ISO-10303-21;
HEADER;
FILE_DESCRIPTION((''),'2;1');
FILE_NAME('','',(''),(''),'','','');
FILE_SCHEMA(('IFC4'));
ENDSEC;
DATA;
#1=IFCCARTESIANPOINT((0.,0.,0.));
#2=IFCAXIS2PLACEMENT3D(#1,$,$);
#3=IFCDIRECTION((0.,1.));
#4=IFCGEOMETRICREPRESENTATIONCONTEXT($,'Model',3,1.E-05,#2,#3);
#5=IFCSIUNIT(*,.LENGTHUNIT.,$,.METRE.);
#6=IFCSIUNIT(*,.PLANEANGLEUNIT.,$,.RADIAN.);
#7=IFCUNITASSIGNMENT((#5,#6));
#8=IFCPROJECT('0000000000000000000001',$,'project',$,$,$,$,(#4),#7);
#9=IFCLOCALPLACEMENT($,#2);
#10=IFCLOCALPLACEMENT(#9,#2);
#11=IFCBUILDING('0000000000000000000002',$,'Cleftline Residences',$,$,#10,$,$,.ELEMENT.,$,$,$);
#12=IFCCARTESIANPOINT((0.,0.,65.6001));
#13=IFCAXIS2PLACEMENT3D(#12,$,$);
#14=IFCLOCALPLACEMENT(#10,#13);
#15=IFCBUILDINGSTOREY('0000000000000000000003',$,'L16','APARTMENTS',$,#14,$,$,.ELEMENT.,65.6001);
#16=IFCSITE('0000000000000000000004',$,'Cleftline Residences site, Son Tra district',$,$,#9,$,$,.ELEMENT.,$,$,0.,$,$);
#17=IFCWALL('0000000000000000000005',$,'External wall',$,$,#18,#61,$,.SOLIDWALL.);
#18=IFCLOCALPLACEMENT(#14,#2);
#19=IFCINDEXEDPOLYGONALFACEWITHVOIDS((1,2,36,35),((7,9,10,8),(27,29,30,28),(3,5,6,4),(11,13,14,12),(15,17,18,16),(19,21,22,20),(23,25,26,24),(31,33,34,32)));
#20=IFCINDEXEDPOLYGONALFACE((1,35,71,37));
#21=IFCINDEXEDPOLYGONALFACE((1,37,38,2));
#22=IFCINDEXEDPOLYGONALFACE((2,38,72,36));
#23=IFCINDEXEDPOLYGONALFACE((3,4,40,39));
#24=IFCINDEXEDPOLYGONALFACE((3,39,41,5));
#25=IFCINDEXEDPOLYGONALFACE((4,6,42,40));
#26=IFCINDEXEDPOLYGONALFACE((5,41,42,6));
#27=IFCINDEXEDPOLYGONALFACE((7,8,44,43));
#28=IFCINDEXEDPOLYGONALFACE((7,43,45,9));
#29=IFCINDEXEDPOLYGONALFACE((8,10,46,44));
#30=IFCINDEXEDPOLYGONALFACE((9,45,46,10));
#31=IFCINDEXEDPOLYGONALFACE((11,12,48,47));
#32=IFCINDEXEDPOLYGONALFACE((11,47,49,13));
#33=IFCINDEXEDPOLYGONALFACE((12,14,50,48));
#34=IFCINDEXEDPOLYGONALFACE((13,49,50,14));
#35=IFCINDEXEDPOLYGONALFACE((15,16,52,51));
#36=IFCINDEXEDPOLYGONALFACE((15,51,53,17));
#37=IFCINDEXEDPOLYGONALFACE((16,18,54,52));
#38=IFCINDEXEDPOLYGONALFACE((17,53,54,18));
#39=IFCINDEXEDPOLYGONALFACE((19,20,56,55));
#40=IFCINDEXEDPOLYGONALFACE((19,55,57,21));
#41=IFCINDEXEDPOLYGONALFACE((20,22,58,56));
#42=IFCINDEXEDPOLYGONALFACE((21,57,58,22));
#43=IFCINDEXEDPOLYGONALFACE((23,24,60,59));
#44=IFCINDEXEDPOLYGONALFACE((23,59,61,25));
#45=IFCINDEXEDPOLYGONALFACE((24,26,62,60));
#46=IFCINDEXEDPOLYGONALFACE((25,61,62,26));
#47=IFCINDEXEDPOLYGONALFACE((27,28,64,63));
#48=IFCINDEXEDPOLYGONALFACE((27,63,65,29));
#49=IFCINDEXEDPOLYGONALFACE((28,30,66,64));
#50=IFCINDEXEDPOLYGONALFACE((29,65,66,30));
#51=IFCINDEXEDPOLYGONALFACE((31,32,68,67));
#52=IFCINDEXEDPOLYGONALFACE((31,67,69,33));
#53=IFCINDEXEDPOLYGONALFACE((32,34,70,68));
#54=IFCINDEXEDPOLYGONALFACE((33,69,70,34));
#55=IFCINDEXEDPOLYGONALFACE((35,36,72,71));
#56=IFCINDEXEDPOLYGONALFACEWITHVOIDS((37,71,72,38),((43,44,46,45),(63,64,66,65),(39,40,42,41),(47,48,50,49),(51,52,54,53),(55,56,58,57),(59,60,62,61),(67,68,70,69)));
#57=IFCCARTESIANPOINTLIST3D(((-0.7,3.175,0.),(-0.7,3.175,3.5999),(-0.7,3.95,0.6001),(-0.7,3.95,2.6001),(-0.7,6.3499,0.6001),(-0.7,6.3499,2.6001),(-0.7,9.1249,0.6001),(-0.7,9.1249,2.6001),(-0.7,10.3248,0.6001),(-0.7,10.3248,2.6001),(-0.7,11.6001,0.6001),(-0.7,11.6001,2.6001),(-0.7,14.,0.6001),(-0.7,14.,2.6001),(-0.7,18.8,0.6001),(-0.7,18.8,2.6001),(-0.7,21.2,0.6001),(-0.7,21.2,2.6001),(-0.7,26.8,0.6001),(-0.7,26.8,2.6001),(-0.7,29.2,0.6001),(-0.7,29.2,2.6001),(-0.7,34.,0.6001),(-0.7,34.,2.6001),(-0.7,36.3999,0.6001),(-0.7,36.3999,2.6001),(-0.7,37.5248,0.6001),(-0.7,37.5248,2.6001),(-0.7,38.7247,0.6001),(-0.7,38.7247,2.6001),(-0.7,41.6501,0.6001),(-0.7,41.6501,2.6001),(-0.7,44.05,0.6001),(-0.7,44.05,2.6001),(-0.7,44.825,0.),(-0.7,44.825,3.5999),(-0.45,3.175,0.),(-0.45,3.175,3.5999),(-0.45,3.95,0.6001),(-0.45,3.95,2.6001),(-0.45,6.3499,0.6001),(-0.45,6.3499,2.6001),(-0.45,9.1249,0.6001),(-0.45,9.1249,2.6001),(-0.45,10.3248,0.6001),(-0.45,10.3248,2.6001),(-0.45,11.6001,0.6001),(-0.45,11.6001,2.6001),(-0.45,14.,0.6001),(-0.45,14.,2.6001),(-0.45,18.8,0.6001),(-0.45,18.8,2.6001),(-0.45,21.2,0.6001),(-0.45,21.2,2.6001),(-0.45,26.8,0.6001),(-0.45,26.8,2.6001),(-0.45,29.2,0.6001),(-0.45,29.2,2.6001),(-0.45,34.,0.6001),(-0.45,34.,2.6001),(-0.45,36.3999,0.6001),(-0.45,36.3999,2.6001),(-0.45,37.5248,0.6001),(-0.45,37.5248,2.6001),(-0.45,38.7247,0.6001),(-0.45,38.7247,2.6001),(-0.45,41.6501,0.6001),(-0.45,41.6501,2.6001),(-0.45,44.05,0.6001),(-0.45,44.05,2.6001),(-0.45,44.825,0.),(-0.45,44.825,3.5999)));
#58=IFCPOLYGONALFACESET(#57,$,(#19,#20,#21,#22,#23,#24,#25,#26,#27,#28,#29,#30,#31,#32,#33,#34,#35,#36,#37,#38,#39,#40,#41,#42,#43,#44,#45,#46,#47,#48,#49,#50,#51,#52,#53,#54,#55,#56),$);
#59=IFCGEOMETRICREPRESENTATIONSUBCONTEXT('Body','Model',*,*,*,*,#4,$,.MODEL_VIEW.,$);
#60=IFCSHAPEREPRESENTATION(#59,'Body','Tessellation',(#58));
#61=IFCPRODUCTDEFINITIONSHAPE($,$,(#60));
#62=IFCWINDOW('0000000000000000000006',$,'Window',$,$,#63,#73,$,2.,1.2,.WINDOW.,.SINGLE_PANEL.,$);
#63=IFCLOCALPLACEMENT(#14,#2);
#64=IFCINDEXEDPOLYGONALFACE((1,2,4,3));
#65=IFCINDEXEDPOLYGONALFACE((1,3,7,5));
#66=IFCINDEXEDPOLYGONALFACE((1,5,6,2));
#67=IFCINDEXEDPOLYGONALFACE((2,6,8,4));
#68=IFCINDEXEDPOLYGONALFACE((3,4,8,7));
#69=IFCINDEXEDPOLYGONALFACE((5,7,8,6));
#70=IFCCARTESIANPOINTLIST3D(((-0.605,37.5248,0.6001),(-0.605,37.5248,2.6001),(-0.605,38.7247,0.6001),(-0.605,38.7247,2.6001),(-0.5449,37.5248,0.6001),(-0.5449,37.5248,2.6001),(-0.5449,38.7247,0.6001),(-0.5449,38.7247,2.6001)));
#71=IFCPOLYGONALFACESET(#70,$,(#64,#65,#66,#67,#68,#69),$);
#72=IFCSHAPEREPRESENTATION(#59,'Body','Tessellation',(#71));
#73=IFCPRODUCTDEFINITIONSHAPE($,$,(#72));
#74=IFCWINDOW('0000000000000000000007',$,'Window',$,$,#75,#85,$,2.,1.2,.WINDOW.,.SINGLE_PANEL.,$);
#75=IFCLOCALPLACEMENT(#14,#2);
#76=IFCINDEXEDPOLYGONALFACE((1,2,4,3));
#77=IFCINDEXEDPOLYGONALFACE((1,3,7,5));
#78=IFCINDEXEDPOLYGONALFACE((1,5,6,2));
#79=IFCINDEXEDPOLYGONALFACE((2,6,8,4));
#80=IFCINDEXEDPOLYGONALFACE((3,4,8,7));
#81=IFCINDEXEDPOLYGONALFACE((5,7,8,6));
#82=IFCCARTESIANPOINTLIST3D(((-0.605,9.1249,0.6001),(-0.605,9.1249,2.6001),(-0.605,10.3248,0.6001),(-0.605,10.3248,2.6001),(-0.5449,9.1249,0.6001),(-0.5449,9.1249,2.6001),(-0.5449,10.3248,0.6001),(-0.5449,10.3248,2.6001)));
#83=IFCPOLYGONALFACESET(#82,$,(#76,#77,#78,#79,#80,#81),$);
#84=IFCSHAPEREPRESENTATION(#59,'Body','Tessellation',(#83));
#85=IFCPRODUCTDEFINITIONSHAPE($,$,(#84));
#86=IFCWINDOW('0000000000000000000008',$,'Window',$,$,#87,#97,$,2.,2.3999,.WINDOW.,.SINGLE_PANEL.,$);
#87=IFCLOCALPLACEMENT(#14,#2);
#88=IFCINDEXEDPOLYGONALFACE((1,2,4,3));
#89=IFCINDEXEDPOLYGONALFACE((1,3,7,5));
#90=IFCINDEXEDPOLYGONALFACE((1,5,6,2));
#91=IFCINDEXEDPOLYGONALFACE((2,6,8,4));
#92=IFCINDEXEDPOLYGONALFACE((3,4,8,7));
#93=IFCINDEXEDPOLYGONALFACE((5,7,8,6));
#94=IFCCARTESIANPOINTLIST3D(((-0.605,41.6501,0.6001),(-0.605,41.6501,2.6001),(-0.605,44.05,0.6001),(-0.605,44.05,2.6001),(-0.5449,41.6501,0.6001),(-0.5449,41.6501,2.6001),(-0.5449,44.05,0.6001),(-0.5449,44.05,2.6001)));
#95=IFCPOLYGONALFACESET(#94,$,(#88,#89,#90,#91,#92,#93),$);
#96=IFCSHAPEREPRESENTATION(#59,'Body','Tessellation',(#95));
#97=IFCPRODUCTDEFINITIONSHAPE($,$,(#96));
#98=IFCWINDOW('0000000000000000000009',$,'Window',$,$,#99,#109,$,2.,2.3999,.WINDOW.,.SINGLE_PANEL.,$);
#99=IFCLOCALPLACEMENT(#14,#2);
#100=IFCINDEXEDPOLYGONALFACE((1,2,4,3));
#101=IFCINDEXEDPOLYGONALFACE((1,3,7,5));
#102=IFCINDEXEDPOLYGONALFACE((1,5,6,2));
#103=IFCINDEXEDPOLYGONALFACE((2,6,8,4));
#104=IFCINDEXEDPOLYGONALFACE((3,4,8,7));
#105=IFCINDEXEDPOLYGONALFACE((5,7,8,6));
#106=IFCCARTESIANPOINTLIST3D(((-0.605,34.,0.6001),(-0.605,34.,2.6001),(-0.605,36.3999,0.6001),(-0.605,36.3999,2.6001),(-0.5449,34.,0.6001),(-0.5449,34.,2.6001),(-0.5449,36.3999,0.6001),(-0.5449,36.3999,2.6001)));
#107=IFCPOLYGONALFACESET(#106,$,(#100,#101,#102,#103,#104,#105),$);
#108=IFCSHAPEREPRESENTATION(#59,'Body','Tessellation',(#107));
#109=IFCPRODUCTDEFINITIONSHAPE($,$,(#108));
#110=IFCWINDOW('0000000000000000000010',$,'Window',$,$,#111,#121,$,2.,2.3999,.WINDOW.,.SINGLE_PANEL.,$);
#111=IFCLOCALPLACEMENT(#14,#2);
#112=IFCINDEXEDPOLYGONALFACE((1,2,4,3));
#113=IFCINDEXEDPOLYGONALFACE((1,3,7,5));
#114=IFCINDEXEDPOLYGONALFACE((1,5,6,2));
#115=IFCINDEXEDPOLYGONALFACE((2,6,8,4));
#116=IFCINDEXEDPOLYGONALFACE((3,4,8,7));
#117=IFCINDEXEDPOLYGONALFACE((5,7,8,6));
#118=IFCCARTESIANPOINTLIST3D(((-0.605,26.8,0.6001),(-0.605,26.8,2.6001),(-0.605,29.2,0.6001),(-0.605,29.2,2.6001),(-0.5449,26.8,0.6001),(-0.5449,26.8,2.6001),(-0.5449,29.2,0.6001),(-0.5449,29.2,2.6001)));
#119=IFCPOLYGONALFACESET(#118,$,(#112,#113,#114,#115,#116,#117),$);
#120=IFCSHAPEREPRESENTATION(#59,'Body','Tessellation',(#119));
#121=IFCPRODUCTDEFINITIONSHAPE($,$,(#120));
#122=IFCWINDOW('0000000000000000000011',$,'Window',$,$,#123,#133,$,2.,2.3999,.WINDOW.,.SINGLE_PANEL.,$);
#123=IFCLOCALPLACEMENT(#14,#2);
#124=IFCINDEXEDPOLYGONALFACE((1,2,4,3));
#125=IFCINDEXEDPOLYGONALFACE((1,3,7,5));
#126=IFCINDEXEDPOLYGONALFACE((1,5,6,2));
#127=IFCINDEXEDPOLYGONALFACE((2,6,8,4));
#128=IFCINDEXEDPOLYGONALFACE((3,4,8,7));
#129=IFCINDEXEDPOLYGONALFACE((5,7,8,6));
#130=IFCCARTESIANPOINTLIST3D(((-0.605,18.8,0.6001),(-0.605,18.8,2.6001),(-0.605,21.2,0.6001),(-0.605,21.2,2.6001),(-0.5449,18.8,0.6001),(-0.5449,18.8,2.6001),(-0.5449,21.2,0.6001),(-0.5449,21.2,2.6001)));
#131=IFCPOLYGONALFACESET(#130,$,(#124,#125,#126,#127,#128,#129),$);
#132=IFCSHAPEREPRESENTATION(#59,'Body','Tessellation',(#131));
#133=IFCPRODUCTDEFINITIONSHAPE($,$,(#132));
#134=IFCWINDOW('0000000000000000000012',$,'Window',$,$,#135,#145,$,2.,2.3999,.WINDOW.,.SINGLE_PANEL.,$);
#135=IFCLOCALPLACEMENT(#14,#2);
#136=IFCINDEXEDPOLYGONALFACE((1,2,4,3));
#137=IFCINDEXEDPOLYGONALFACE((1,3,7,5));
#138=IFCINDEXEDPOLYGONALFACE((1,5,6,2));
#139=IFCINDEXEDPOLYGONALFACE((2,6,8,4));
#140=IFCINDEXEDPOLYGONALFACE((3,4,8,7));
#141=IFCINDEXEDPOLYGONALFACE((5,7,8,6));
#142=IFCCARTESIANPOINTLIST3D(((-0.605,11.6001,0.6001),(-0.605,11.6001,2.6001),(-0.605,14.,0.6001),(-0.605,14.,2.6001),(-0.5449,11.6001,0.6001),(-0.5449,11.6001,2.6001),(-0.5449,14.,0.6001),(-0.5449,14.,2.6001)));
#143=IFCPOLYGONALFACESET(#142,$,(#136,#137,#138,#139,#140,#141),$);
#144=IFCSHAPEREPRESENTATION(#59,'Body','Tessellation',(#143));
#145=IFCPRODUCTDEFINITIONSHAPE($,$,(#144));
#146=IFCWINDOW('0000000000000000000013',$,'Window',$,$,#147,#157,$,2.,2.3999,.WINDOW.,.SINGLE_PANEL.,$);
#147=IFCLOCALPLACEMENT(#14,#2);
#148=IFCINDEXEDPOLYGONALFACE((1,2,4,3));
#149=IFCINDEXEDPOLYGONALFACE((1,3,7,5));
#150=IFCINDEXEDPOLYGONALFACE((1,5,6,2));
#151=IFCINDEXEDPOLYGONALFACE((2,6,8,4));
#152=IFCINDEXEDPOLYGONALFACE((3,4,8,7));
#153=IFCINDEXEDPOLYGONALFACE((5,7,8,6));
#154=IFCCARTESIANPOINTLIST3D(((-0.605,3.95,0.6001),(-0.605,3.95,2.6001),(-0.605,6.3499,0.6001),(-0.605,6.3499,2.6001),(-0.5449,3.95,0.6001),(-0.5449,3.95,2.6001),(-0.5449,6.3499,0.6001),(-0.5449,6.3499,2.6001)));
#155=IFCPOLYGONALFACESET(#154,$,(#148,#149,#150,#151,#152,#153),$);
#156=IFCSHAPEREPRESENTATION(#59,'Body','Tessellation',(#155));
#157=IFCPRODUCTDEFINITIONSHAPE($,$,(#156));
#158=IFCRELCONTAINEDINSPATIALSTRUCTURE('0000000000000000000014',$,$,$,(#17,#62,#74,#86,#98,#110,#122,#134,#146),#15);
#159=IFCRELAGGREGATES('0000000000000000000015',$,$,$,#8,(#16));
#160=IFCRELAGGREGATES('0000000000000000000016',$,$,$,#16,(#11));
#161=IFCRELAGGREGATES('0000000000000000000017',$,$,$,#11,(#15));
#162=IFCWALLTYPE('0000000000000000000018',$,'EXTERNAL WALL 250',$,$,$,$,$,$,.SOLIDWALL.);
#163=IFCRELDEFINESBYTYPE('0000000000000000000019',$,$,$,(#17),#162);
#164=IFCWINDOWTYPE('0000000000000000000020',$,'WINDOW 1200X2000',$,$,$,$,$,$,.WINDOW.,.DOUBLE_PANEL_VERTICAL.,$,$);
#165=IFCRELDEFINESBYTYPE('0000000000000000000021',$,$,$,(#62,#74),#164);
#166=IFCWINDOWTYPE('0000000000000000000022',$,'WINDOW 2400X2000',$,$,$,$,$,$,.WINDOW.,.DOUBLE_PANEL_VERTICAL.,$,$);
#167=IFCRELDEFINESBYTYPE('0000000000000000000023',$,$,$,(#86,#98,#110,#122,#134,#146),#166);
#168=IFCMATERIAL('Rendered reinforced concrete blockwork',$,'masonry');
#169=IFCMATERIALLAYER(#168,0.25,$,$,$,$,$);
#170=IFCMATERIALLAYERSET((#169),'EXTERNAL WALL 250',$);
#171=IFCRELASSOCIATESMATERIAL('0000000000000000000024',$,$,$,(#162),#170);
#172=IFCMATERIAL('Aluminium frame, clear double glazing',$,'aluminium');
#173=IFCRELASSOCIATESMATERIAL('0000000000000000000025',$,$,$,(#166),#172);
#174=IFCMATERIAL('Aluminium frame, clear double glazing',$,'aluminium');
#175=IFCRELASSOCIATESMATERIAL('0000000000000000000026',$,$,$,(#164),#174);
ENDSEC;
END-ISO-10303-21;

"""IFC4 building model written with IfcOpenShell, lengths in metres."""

from ifc_helpers import new_model, si_unit, direction, frame, frame_2d, origin, place, context, subcontext, project, spatial, rectangle, extrude, material, layer, layer_set, type_object, element, fill, save


model = new_model("IFC4")

# Units and contexts
model_context = context("Model", 3, precision=1e-05, world=origin(), true_north=direction((0.0, 1.0)))
body_context = subcontext(model_context, "Body", "Model", "MODEL_VIEW")
ifc_project = project(units=[si_unit("LENGTHUNIT", "METRE"), si_unit("PLANEANGLEUNIT", "RADIAN")], contexts=[model_context])

# Site, building, storey
site_placement = place(None, origin())
site = spatial("IfcSite", under=ifc_project, at=site_placement, Name="Cleftline Residences site, Son Tra district", CompositionType="ELEMENT", RefElevation=0.0)
building_placement = place(site_placement, origin())
building = spatial("IfcBuilding", under=site, at=building_placement, Name="Cleftline Residences", CompositionType="ELEMENT")
storey_placement = place(building_placement, frame((0.0, 0.0, 65.6001)))
storey = spatial("IfcBuildingStorey", under=building, at=storey_placement, Name="L16", Description="APARTMENTS", CompositionType="ELEMENT", Elevation=65.6001)

# Shared definitions
ifc_material_1 = material(Name="Rendered reinforced concrete blockwork", Category="masonry")
ifc_layer_1 = layer(ifc_material_1, 0.25)
ifc_layer_set_1 = layer_set([ifc_layer_1], Name="EXTERNAL WALL 250")
wall_type_1 = type_object("IfcWallType", Name="EXTERNAL WALL 250", PredefinedType="SOLIDWALL", material=ifc_layer_set_1)
ifc_material_2 = material(Name="Aluminium frame, clear double glazing", Category="aluminium")
window_type_1 = type_object("IfcWindowType", Name="WINDOW 2400X2000", PartitioningType="DOUBLE_PANEL_VERTICAL", PredefinedType="WINDOW", material=ifc_material_2)

# Wall, openings, windows
ifc_material_3 = material(Name="Aluminium frame, clear double glazing", Category="aluminium")
window_type_2 = type_object("IfcWindowType", Name="WINDOW 1200X2000", PartitioningType="DOUBLE_PANEL_VERTICAL", PredefinedType="WINDOW", material=ifc_material_3)
wall_1_placement = place(storey_placement, frame((-0.575, 44.825, 0.0), z_axis=(0.0, 0.0, 1.0), x_axis=(0.0, -1.0, 0.0)))
wall_1 = element("IfcWall", 1, at=wall_1_placement, inside=storey, type_object=wall_type_1, Name="External wall", PredefinedType="SOLIDWALL", context=body_context, shape_type="SweptSolid", body=[
    extrude(rectangle(XDim=41.6499, YDim=0.25, at=frame_2d((20.825, 0.0))), origin(), (0.0, 0.0, 1.0), 3.5999),
])
opening_1_placement = place(wall_1_placement, frame((0.7749, 0.0, 0.6001)))
opening_1 = element("IfcOpeningElement", 2, at=opening_1_placement, cuts=wall_1, PredefinedType="OPENING", context=body_context, shape_type="SweptSolid", body=[
    extrude(rectangle(XDim=2.3999, YDim=2.0, at=frame_2d((1.2, 1.0))), frame((0.0, 0.135, 0.0), z_axis=(0.0, -1.0, 0.0), x_axis=(1.0, 0.0, 0.0)), (0.0, 0.0, 1.0), 0.27),
])
opening_2_placement = place(wall_1_placement, frame((6.1001, 0.0, 0.6001)))
opening_2 = element("IfcOpeningElement", 3, at=opening_2_placement, cuts=wall_1, PredefinedType="OPENING", context=body_context, shape_type="SweptSolid", body=[
    extrude(rectangle(XDim=1.2, YDim=2.0, at=frame_2d((0.6001, 1.0))), frame((0.0, 0.135, 0.0), z_axis=(0.0, -1.0, 0.0), x_axis=(1.0, 0.0, 0.0)), (0.0, 0.0, 1.0), 0.27),
])
opening_3_placement = place(wall_1_placement, frame((8.425, 0.0, 0.6001)))
opening_3 = element("IfcOpeningElement", 4, at=opening_3_placement, cuts=wall_1, PredefinedType="OPENING", context=body_context, shape_type="SweptSolid", body=[
    extrude(rectangle(XDim=2.3999, YDim=2.0, at=frame_2d((1.2, 1.0))), frame((0.0, 0.135, 0.0), z_axis=(0.0, -1.0, 0.0), x_axis=(1.0, 0.0, 0.0)), (0.0, 0.0, 1.0), 0.27),
])
opening_4_placement = place(wall_1_placement, frame((15.625, 0.0, 0.6001)))
opening_4 = element("IfcOpeningElement", 5, at=opening_4_placement, cuts=wall_1, PredefinedType="OPENING", context=body_context, shape_type="SweptSolid", body=[
    extrude(rectangle(XDim=2.3999, YDim=2.0, at=frame_2d((1.2, 1.0))), frame((0.0, 0.135, 0.0), z_axis=(0.0, -1.0, 0.0), x_axis=(1.0, 0.0, 0.0)), (0.0, 0.0, 1.0), 0.27),
])
opening_5_placement = place(wall_1_placement, frame((23.625, 0.0, 0.6001)))
opening_5 = element("IfcOpeningElement", 6, at=opening_5_placement, cuts=wall_1, PredefinedType="OPENING", context=body_context, shape_type="SweptSolid", body=[
    extrude(rectangle(XDim=2.3999, YDim=2.0, at=frame_2d((1.2, 1.0))), frame((0.0, 0.135, 0.0), z_axis=(0.0, -1.0, 0.0), x_axis=(1.0, 0.0, 0.0)), (0.0, 0.0, 1.0), 0.27),
])
opening_6_placement = place(wall_1_placement, frame((30.825, 0.0, 0.6001)))
opening_6 = element("IfcOpeningElement", 7, at=opening_6_placement, cuts=wall_1, PredefinedType="OPENING", context=body_context, shape_type="SweptSolid", body=[
    extrude(rectangle(XDim=2.3999, YDim=2.0, at=frame_2d((1.2, 1.0))), frame((0.0, 0.135, 0.0), z_axis=(0.0, -1.0, 0.0), x_axis=(1.0, 0.0, 0.0)), (0.0, 0.0, 1.0), 0.27),
])
opening_7_placement = place(wall_1_placement, frame((34.5, 0.0, 0.6001)))
opening_7 = element("IfcOpeningElement", 8, at=opening_7_placement, cuts=wall_1, PredefinedType="OPENING", context=body_context, shape_type="SweptSolid", body=[
    extrude(rectangle(XDim=1.2, YDim=2.0, at=frame_2d((0.6001, 1.0))), frame((0.0, 0.135, 0.0), z_axis=(0.0, -1.0, 0.0), x_axis=(1.0, 0.0, 0.0)), (0.0, 0.0, 1.0), 0.27),
])
opening_8_placement = place(wall_1_placement, frame((38.4751, 0.0, 0.6001)))
opening_8 = element("IfcOpeningElement", 9, at=opening_8_placement, cuts=wall_1, PredefinedType="OPENING", context=body_context, shape_type="SweptSolid", body=[
    extrude(rectangle(XDim=2.3999, YDim=2.0, at=frame_2d((1.2, 1.0))), frame((0.0, 0.135, 0.0), z_axis=(0.0, -1.0, 0.0), x_axis=(1.0, 0.0, 0.0)), (0.0, 0.0, 1.0), 0.27),
])
window_1_placement = place(opening_2_placement, origin())
window_1 = element("IfcWindow", 10, at=window_1_placement, inside=storey, type_object=window_type_2, Name="Window", OverallHeight=2.0, OverallWidth=1.2, PartitioningType="SINGLE_PANEL", PredefinedType="WINDOW", context=body_context, shape_type="SweptSolid", body=[
    extrude(rectangle(XDim=1.2, YDim=2.0, at=frame_2d((0.6001, 1.0))), frame((0.0, 0.03, 0.0), z_axis=(0.0, -1.0, 0.0), x_axis=(1.0, 0.0, 0.0)), (0.0, 0.0, 1.0), 0.0601),
])
fill(opening_2, window_1)
window_2_placement = place(opening_7_placement, origin())
window_2 = element("IfcWindow", 11, at=window_2_placement, inside=storey, type_object=window_type_2, Name="Window", OverallHeight=2.0, OverallWidth=1.2, PartitioningType="SINGLE_PANEL", PredefinedType="WINDOW", context=body_context, shape_type="SweptSolid", body=[
    extrude(rectangle(XDim=1.2, YDim=2.0, at=frame_2d((0.6001, 1.0))), frame((0.0, 0.03, 0.0), z_axis=(0.0, -1.0, 0.0), x_axis=(1.0, 0.0, 0.0)), (0.0, 0.0, 1.0), 0.0601),
])
fill(opening_7, window_2)
window_3_placement = place(opening_1_placement, origin())
window_3 = element("IfcWindow", 12, at=window_3_placement, inside=storey, type_object=window_type_1, Name="Window", OverallHeight=2.0, OverallWidth=2.3999, PartitioningType="SINGLE_PANEL", PredefinedType="WINDOW", context=body_context, shape_type="SweptSolid", body=[
    extrude(rectangle(XDim=2.3999, YDim=2.0, at=frame_2d((1.2, 1.0))), frame((0.0, 0.03, 0.0), z_axis=(0.0, -1.0, 0.0), x_axis=(1.0, 0.0, 0.0)), (0.0, 0.0, 1.0), 0.0601),
])
fill(opening_1, window_3)
window_4_placement = place(opening_3_placement, origin())
window_4 = element("IfcWindow", 13, at=window_4_placement, inside=storey, type_object=window_type_1, Name="Window", OverallHeight=2.0, OverallWidth=2.3999, PartitioningType="SINGLE_PANEL", PredefinedType="WINDOW", context=body_context, shape_type="SweptSolid", body=[
    extrude(rectangle(XDim=2.3999, YDim=2.0, at=frame_2d((1.2, 1.0))), frame((0.0, 0.03, 0.0), z_axis=(0.0, -1.0, 0.0), x_axis=(1.0, 0.0, 0.0)), (0.0, 0.0, 1.0), 0.0601),
])
fill(opening_3, window_4)
window_5_placement = place(opening_4_placement, origin())
window_5 = element("IfcWindow", 14, at=window_5_placement, inside=storey, type_object=window_type_1, Name="Window", OverallHeight=2.0, OverallWidth=2.3999, PartitioningType="SINGLE_PANEL", PredefinedType="WINDOW", context=body_context, shape_type="SweptSolid", body=[
    extrude(rectangle(XDim=2.3999, YDim=2.0, at=frame_2d((1.2, 1.0))), frame((0.0, 0.03, 0.0), z_axis=(0.0, -1.0, 0.0), x_axis=(1.0, 0.0, 0.0)), (0.0, 0.0, 1.0), 0.0601),
])
fill(opening_4, window_5)
window_6_placement = place(opening_5_placement, origin())
window_6 = element("IfcWindow", 15, at=window_6_placement, inside=storey, type_object=window_type_1, Name="Window", OverallHeight=2.0, OverallWidth=2.3999, PartitioningType="SINGLE_PANEL", PredefinedType="WINDOW", context=body_context, shape_type="SweptSolid", body=[
    extrude(rectangle(XDim=2.3999, YDim=2.0, at=frame_2d((1.2, 1.0))), frame((0.0, 0.03, 0.0), z_axis=(0.0, -1.0, 0.0), x_axis=(1.0, 0.0, 0.0)), (0.0, 0.0, 1.0), 0.0601),
])
fill(opening_5, window_6)
window_7_placement = place(opening_6_placement, origin())
window_7 = element("IfcWindow", 16, at=window_7_placement, inside=storey, type_object=window_type_1, Name="Window", OverallHeight=2.0, OverallWidth=2.3999, PartitioningType="SINGLE_PANEL", PredefinedType="WINDOW", context=body_context, shape_type="SweptSolid", body=[
    extrude(rectangle(XDim=2.3999, YDim=2.0, at=frame_2d((1.2, 1.0))), frame((0.0, 0.03, 0.0), z_axis=(0.0, -1.0, 0.0), x_axis=(1.0, 0.0, 0.0)), (0.0, 0.0, 1.0), 0.0601),
])
fill(opening_6, window_7)
window_8_placement = place(opening_8_placement, origin())
window_8 = element("IfcWindow", 17, at=window_8_placement, inside=storey, type_object=window_type_1, Name="Window", OverallHeight=2.0, OverallWidth=2.3999, PartitioningType="SINGLE_PANEL", PredefinedType="WINDOW", context=body_context, shape_type="SweptSolid", body=[
    extrude(rectangle(XDim=2.3999, YDim=2.0, at=frame_2d((1.2, 1.0))), frame((0.0, 0.03, 0.0), z_axis=(0.0, -1.0, 0.0), x_axis=(1.0, 0.0, 0.0)), (0.0, 0.0, 1.0), 0.0601),
])
fill(opening_8, window_8)

save(model, "model.ifc")
